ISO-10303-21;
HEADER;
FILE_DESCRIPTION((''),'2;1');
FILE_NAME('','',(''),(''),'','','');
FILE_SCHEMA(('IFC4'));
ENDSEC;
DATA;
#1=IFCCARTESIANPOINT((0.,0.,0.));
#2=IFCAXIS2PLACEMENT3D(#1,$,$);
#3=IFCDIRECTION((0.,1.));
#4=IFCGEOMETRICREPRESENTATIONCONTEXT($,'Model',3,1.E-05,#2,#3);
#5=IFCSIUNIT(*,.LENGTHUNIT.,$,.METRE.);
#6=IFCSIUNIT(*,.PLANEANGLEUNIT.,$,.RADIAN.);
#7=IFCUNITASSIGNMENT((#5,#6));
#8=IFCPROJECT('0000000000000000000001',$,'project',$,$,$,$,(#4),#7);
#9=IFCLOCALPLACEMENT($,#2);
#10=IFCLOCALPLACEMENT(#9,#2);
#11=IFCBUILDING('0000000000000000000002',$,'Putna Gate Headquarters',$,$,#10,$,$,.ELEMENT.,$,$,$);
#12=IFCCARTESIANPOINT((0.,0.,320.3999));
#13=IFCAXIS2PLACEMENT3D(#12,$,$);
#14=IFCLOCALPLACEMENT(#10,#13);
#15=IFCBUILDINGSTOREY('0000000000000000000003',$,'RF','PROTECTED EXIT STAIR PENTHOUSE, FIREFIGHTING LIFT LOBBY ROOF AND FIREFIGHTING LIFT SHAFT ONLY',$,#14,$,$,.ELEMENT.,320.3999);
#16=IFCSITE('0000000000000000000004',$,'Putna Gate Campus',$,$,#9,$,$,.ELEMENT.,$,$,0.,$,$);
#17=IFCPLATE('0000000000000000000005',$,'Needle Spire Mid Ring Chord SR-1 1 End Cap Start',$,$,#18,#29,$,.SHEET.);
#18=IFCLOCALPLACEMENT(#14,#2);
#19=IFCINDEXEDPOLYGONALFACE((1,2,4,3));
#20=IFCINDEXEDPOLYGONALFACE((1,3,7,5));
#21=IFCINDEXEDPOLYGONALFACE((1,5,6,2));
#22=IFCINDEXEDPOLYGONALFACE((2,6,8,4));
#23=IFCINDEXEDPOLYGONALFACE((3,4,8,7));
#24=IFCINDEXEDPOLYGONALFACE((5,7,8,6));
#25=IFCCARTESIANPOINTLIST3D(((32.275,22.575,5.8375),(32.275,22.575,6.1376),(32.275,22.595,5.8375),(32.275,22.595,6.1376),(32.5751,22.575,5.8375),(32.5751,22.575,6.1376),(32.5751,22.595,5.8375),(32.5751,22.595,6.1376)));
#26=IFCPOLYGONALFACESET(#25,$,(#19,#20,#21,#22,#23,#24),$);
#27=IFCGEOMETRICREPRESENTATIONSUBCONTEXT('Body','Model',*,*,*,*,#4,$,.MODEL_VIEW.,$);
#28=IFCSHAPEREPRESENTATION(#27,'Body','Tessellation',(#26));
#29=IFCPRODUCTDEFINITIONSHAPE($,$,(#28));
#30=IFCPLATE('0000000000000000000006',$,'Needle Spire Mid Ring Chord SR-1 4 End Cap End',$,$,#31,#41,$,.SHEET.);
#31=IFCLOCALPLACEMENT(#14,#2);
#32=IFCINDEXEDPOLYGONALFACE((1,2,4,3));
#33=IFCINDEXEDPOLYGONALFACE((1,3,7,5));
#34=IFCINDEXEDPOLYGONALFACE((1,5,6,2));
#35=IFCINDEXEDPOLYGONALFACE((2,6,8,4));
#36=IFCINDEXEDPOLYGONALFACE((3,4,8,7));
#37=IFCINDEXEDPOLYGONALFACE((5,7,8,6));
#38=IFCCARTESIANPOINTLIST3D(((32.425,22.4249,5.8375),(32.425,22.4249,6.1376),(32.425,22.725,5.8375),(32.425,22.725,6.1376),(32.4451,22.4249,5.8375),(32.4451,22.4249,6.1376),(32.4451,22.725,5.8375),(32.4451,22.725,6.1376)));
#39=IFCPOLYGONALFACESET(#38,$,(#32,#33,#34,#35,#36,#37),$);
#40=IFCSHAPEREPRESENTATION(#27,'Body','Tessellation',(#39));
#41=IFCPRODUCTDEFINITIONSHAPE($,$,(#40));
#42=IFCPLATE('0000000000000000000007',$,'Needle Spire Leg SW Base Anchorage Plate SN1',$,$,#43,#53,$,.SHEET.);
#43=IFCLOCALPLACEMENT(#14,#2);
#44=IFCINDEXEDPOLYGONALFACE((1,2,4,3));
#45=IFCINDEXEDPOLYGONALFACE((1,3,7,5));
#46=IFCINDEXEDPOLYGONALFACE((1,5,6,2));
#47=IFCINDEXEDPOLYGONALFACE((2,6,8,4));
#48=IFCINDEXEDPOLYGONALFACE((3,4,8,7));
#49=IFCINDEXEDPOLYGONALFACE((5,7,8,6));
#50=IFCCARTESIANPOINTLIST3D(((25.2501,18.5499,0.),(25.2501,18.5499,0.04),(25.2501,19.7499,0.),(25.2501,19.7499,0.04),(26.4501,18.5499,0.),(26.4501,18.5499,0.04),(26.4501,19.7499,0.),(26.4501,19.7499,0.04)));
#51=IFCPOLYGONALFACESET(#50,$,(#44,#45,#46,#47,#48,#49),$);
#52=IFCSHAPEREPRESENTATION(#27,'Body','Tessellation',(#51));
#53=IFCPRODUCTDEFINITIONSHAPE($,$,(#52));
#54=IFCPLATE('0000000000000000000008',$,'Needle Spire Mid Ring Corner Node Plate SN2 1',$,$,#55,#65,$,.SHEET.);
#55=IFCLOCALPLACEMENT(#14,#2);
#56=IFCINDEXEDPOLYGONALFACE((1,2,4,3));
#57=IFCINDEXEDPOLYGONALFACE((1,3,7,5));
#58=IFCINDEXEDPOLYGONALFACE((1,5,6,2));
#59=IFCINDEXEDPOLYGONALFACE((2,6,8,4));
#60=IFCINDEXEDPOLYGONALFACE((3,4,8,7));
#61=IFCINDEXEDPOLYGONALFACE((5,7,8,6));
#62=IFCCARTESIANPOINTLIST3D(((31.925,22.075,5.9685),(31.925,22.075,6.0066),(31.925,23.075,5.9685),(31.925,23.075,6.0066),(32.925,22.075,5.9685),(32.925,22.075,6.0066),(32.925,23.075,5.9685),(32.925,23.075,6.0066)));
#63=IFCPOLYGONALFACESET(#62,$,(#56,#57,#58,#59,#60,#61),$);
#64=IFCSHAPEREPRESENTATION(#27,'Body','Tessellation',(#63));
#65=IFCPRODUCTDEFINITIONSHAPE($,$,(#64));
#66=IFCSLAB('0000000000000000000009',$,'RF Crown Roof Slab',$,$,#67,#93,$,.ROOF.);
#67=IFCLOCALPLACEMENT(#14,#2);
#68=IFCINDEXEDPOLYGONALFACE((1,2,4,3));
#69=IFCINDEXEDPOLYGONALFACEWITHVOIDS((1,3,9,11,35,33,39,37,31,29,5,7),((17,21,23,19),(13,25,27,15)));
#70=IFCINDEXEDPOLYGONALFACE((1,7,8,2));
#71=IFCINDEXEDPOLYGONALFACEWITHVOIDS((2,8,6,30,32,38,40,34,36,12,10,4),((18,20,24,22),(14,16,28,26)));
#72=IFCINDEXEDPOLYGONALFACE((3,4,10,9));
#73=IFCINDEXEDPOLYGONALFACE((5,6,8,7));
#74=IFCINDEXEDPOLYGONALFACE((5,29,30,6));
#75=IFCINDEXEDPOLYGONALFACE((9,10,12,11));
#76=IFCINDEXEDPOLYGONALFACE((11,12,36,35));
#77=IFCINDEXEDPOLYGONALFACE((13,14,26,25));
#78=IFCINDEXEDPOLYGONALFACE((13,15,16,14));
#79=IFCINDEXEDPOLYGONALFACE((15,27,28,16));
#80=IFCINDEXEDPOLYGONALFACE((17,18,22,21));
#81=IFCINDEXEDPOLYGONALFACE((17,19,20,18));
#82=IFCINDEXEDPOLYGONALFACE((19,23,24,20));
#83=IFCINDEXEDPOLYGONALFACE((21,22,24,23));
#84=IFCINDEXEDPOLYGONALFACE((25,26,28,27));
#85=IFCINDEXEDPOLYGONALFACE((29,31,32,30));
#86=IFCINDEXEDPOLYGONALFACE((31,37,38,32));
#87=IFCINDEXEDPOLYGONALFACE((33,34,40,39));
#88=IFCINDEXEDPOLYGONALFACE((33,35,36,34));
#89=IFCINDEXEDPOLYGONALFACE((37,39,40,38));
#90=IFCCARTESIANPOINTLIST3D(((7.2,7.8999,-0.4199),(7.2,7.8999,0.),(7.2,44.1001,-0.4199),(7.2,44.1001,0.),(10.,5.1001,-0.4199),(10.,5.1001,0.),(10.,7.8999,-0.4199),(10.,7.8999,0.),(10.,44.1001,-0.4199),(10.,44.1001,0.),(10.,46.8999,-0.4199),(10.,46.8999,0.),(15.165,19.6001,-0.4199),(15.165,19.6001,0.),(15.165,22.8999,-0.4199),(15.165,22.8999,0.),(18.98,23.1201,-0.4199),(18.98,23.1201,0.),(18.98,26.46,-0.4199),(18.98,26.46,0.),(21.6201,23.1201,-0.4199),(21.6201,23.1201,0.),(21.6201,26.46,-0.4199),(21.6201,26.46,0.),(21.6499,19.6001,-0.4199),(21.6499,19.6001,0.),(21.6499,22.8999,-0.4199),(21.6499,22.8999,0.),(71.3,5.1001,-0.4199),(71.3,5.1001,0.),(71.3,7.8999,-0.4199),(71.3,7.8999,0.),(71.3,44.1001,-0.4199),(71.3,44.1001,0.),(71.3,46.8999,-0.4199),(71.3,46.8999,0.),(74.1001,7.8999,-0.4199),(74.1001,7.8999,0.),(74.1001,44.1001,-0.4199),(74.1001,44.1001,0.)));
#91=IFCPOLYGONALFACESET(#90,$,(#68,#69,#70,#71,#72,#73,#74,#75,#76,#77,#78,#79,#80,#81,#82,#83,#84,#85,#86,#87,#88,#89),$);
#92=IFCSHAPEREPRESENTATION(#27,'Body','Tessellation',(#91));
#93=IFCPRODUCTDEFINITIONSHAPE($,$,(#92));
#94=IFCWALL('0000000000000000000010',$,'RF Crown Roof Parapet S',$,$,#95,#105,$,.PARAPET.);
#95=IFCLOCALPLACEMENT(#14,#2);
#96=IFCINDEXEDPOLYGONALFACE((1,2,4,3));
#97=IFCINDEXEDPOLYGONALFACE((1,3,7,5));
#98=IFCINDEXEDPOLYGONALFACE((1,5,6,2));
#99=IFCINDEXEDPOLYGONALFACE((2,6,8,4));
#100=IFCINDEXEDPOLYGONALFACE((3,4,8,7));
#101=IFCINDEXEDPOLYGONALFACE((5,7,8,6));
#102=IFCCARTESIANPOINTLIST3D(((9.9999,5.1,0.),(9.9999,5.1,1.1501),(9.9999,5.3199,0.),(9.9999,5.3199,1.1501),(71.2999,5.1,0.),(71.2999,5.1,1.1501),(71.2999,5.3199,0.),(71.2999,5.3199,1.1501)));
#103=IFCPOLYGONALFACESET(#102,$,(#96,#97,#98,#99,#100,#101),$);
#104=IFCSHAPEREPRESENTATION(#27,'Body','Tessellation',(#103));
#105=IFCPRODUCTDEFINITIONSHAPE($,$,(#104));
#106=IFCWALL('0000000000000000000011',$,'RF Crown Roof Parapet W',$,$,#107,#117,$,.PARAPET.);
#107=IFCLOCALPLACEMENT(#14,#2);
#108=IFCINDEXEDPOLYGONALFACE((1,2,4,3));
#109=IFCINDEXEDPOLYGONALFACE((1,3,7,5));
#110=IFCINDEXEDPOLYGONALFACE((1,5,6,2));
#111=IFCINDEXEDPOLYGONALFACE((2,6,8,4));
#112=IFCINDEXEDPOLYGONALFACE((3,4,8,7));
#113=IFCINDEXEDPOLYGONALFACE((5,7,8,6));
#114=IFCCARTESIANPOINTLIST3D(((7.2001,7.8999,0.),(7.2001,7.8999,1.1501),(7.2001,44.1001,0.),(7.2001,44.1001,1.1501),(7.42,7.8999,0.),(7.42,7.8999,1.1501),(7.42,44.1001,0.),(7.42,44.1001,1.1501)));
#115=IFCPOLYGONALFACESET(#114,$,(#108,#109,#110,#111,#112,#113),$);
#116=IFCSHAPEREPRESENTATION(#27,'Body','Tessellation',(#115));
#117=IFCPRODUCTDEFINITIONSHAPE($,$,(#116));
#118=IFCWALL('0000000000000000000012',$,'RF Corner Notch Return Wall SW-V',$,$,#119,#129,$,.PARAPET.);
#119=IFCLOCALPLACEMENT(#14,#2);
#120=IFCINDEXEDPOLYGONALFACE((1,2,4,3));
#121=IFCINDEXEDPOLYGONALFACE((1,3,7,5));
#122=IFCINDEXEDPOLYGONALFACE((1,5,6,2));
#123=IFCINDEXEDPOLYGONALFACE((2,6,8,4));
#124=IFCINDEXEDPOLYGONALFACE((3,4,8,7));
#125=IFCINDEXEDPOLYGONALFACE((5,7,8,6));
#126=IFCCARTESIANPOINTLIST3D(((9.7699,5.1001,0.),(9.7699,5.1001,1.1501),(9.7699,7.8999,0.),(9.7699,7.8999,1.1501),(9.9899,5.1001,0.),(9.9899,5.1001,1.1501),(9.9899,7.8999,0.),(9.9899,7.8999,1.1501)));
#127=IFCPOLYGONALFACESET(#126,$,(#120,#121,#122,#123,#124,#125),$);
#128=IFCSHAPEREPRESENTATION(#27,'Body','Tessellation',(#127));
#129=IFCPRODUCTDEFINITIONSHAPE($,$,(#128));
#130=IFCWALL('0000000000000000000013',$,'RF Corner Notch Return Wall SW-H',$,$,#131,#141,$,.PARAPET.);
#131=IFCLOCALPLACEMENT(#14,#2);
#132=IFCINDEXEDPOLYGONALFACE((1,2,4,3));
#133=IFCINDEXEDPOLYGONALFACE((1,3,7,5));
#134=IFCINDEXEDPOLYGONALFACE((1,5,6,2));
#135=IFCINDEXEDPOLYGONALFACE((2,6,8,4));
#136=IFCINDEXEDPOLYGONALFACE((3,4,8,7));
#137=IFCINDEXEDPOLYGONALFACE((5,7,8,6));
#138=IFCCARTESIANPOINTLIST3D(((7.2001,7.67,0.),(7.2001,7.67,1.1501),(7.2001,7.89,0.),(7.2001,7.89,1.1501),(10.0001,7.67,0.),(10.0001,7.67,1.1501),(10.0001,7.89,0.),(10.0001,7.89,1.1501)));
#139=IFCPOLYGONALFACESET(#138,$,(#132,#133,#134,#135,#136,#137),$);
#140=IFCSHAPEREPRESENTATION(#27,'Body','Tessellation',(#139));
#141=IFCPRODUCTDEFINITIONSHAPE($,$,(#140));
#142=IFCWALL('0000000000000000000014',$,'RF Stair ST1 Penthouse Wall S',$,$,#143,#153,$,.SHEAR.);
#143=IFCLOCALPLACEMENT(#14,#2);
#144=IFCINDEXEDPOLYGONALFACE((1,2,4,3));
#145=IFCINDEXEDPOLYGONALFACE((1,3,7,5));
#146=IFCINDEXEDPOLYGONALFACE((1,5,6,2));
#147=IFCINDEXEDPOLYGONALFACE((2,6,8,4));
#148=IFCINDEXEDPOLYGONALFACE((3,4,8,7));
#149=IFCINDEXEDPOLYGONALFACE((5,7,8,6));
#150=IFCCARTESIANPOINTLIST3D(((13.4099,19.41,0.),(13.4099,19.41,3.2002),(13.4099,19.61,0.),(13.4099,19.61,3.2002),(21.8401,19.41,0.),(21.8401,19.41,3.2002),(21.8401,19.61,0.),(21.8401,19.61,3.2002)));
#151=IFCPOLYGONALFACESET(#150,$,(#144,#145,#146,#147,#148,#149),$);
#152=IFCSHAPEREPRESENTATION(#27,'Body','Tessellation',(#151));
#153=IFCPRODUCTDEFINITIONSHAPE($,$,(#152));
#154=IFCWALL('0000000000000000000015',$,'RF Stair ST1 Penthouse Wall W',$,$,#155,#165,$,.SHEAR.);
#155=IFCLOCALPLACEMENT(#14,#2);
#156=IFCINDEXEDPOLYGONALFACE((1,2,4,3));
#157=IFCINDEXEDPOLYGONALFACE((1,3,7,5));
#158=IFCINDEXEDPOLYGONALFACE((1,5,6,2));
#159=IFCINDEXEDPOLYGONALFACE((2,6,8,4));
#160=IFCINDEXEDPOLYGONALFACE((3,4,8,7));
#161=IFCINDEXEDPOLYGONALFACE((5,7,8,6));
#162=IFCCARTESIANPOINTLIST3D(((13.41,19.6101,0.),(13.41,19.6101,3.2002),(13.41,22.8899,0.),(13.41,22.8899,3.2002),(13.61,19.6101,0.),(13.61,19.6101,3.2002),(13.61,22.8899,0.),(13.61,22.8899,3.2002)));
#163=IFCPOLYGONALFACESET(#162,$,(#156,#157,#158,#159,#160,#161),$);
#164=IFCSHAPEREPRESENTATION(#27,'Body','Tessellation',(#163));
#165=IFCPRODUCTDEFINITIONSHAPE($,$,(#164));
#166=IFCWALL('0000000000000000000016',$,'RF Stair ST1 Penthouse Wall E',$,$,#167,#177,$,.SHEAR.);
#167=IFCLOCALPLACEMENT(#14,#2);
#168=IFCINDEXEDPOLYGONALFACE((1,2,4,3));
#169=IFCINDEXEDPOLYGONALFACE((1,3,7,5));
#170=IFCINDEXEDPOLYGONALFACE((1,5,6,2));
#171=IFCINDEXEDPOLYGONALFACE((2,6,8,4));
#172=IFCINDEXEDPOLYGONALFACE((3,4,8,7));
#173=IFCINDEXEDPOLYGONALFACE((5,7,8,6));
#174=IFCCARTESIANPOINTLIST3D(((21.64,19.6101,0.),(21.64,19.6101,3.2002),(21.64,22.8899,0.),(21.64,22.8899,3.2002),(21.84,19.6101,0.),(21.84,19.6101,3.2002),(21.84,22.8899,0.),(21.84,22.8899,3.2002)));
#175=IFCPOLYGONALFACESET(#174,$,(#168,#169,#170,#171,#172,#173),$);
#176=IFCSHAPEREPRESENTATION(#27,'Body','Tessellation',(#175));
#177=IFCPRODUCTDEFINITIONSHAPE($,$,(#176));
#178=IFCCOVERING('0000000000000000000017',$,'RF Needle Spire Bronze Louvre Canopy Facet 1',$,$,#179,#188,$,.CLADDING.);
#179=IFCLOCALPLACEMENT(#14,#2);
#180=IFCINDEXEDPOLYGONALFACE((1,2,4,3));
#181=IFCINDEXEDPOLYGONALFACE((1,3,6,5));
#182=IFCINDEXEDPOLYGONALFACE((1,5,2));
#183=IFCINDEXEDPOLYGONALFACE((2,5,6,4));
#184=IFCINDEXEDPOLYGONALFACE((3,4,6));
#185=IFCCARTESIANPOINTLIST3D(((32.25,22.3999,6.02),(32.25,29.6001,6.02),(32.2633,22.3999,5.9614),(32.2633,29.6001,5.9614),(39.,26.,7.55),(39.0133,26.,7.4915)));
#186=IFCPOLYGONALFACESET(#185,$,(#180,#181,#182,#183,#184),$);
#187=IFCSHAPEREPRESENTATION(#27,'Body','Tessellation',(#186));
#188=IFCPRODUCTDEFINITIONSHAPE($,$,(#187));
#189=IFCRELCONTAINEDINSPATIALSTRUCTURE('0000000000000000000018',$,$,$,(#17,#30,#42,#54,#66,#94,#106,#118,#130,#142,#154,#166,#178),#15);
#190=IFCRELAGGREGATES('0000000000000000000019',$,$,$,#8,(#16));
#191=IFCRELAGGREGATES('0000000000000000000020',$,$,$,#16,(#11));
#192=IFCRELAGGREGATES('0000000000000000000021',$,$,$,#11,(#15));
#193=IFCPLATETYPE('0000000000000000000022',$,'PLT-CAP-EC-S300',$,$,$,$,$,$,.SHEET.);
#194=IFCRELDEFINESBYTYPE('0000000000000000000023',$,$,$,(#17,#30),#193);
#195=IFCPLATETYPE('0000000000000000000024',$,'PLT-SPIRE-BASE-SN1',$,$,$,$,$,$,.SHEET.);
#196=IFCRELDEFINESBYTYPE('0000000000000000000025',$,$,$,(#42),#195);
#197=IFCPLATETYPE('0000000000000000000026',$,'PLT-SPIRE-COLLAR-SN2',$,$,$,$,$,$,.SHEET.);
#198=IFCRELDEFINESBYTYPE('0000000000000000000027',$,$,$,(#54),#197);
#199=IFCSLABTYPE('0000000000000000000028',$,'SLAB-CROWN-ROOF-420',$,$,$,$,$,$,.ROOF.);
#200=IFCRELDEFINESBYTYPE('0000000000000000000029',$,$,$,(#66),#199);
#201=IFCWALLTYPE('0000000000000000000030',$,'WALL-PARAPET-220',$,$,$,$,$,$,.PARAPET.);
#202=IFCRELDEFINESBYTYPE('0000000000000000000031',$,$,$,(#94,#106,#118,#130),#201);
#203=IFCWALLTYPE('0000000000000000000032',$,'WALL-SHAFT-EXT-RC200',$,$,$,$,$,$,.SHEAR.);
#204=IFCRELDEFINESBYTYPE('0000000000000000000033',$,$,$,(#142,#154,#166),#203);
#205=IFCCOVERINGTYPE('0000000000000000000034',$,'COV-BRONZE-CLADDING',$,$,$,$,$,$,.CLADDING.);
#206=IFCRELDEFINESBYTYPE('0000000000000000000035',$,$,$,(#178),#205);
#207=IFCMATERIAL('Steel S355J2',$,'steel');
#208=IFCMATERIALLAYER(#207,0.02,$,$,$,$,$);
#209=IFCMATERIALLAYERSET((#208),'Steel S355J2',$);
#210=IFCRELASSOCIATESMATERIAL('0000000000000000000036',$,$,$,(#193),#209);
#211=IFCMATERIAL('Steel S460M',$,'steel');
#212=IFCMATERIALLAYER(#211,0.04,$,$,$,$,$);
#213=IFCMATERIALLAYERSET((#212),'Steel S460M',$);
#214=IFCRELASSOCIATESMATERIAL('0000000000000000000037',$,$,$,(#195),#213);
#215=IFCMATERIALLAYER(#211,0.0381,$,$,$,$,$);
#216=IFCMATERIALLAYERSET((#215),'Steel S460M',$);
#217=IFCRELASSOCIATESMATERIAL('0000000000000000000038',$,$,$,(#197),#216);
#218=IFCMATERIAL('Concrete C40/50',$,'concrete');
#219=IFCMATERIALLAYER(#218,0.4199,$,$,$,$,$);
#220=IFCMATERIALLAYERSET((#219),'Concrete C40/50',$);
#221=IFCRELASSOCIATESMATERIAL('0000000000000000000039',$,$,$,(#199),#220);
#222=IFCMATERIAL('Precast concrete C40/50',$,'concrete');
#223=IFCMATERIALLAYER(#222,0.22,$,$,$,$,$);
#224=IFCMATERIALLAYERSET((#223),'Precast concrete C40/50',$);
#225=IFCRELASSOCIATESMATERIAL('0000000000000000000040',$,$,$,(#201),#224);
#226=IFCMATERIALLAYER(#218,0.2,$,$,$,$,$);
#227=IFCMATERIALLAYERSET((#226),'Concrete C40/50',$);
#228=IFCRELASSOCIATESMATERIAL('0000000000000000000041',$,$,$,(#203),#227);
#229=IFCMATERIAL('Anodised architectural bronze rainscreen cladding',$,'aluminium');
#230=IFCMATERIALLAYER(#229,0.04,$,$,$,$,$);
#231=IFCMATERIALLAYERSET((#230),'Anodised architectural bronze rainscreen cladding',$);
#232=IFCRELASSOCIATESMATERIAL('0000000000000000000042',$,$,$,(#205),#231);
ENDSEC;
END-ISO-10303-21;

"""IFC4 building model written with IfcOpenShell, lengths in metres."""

from ifc_helpers import new_model, si_unit, direction, frame, frame_2d, origin, origin_2d, place, context, subcontext, project, spatial, polyline, rectangle, outline, extrude, material, layer, layer_set, type_object, element, save


model = new_model("IFC4")

# Units and contexts
model_context = context("Model", 3, precision=1e-05, world=origin(), true_north=direction((0.0, 1.0)))
body_context = subcontext(model_context, "Body", "Model", "MODEL_VIEW")
ifc_project = project(units=[si_unit("LENGTHUNIT", "METRE"), si_unit("PLANEANGLEUNIT", "RADIAN")], contexts=[model_context])

# Site, building, storey
site_placement = place(None, origin())
site = spatial("IfcSite", under=ifc_project, at=site_placement, Name="Putna Gate Campus", CompositionType="ELEMENT", RefElevation=0.0)
building_placement = place(site_placement, origin())
building = spatial("IfcBuilding", under=site, at=building_placement, Name="Putna Gate Headquarters", CompositionType="ELEMENT")
storey_placement = place(building_placement, frame((0.0, 0.0, 320.3999)))
storey = spatial("IfcBuildingStorey", under=building, at=storey_placement, Name="RF", Description="PROTECTED EXIT STAIR PENTHOUSE, FIREFIGHTING LIFT LOBBY ROOF AND FIREFIGHTING LIFT SHAFT ONLY", CompositionType="ELEMENT", Elevation=320.3999)

# Shared definitions
ifc_material_1 = material(Name="Steel S460M", Category="steel")

# Plates
ifc_material_2 = material(Name="Steel S355J2", Category="steel")
ifc_layer_1 = layer(ifc_material_2, 0.02)
ifc_layer_set_1 = layer_set([ifc_layer_1], Name="Steel S355J2")
plate_type_1 = type_object("IfcPlateType", Name="PLT-CAP-EC-S300", PredefinedType="SHEET", material=ifc_layer_set_1)
for number, where, z_axis, x_axis, name in (
    (1, (32.425, 22.575, 5.9875), (0.0, 1.0, 0.0), (-1.0, 0.0, 0.0), "Needle Spire Mid Ring Chord SR-1 1 End Cap Start"),
    (2, (32.4451, 22.575, 5.9875), (-1.0, 0.0, 0.0), (0.0, -1.0, 0.0), "Needle Spire Mid Ring Chord SR-1 4 End Cap End"),
):
    element("IfcPlate", number, at=place(storey_placement, frame(where, z_axis=z_axis, x_axis=x_axis)), inside=storey, type_object=plate_type_1, Name=name, PredefinedType="SHEET", context=body_context, shape_type="SweptSolid", body=[
        extrude(rectangle(XDim=0.3, YDim=0.3, at=origin_2d()), origin(), (0.0, 0.0, 1.0), 0.02),
    ])
ifc_layer_2 = layer(ifc_material_1, 0.04)
ifc_layer_set_2 = layer_set([ifc_layer_2], Name="Steel S460M")
plate_type_2 = type_object("IfcPlateType", Name="PLT-SPIRE-BASE-SN1", PredefinedType="SHEET", material=ifc_layer_set_2)
plate_1_placement = place(storey_placement, frame((25.8501, 19.1499, 0.0), z_axis=(0.0, 0.0, 1.0), x_axis=(1.0, 0.0, 0.0)))
element("IfcPlate", 3, at=plate_1_placement, inside=storey, type_object=plate_type_2, Name="Needle Spire Leg SW Base Anchorage Plate SN1", PredefinedType="SHEET", context=body_context, shape_type="SweptSolid", body=[
    extrude(rectangle(XDim=1.2, YDim=1.2, at=origin_2d()), origin(), (0.0, 0.0, 1.0), 0.04),
])
ifc_layer_3 = layer(ifc_material_1, 0.0381)
ifc_layer_set_3 = layer_set([ifc_layer_3], Name="Steel S460M")
plate_type_3 = type_object("IfcPlateType", Name="PLT-SPIRE-COLLAR-SN2", PredefinedType="SHEET", material=ifc_layer_set_3)
plate_2_placement = place(storey_placement, frame((32.425, 22.575, 5.9685), z_axis=(0.0, 0.0, 1.0), x_axis=(1.0, 0.0, 0.0)))
element("IfcPlate", 4, at=plate_2_placement, inside=storey, type_object=plate_type_3, Name="Needle Spire Mid Ring Corner Node Plate SN2 1", PredefinedType="SHEET", context=body_context, shape_type="SweptSolid", body=[
    extrude(rectangle(XDim=1.0, YDim=1.0, at=origin_2d()), origin(), (0.0, 0.0, 1.0), 0.0381),
])

# Slab
ifc_material_3 = material(Name="Concrete C40/50", Category="concrete")
ifc_layer_4 = layer(ifc_material_3, 0.4199)
ifc_layer_set_4 = layer_set([ifc_layer_4], Name="Concrete C40/50")
slab_type = type_object("IfcSlabType", Name="SLAB-CROWN-ROOF-420", PredefinedType="ROOF", material=ifc_layer_set_4)
slab_placement = place(storey_placement, frame((0.0, 0.0, -0.4199)))
element("IfcSlab", 5, at=slab_placement, inside=storey, type_object=slab_type, Name="RF Crown Roof Slab", PredefinedType="ROOF", context=body_context, shape_type="SweptSolid", body=[
    extrude(outline(polyline([(10.0, 5.1001), (71.3, 5.1001), (71.3, 7.8999), (74.1001, 7.8999), (74.1001, 44.1001), (71.3, 44.1001), (71.3, 46.8999), (10.0, 46.8999), (10.0, 44.1001), (7.2, 44.1001), (7.2, 7.8999), (10.0, 7.8999), (10.0, 5.1001)]), holes=[polyline([(15.165, 19.6001), (21.6499, 19.6001), (21.6499, 22.8999), (15.165, 22.8999), (15.165, 19.6001)]), polyline([(18.98, 23.1201), (21.6201, 23.1201), (21.6201, 26.46), (18.98, 26.46), (18.98, 23.1201)])]), origin(), (0.0, 0.0, 1.0), 0.4199),
])

# Walls
ifc_material_4 = material(Name="Precast concrete C40/50", Category="concrete")
ifc_layer_5 = layer(ifc_material_4, 0.22)
ifc_layer_set_5 = layer_set([ifc_layer_5], Name="Precast concrete C40/50")
wall_type_1 = type_object("IfcWallType", Name="WALL-PARAPET-220", PredefinedType="PARAPET", material=ifc_layer_set_5)
wall_1_placement = place(storey_placement, frame((10.0, 5.21, 0.0), z_axis=(0.0, 0.0, 1.0), x_axis=(1.0, 0.0, 0.0)))
element("IfcWall", 6, at=wall_1_placement, inside=storey, type_object=wall_type_1, Name="RF Crown Roof Parapet S", PredefinedType="PARAPET", context=body_context, shape_type="SweptSolid", body=[
    extrude(rectangle(XDim=61.3, YDim=0.22, at=frame_2d((30.6499, 0.0))), origin(), (0.0, 0.0, 1.0), 1.1501),
])
wall_2_placement = place(storey_placement, frame((7.3101, 7.8999, 0.0), z_axis=(0.0, 0.0, 1.0), x_axis=(0.0, 1.0, 0.0)))
element("IfcWall", 7, at=wall_2_placement, inside=storey, type_object=wall_type_1, Name="RF Crown Roof Parapet W", PredefinedType="PARAPET", context=body_context, shape_type="SweptSolid", body=[
    extrude(rectangle(XDim=36.2002, YDim=0.22, at=frame_2d((18.1001, 0.0))), origin(), (0.0, 0.0, 1.0), 1.1501),
])
wall_3_placement = place(storey_placement, frame((9.8799, 5.1001, 0.0), z_axis=(0.0, 0.0, 1.0), x_axis=(0.0, 1.0, 0.0)))
element("IfcWall", 8, at=wall_3_placement, inside=storey, type_object=wall_type_1, Name="RF Corner Notch Return Wall SW-V", PredefinedType="PARAPET", context=body_context, shape_type="SweptSolid", body=[
    extrude(rectangle(XDim=2.7998, YDim=0.22, at=frame_2d((1.3999, 0.0))), origin(), (0.0, 0.0, 1.0), 1.1501),
])
wall_4_placement = place(storey_placement, frame((10.0, 7.78, 0.0), z_axis=(0.0, 0.0, 1.0), x_axis=(-1.0, 0.0, 0.0)))
element("IfcWall", 9, at=wall_4_placement, inside=storey, type_object=wall_type_1, Name="RF Corner Notch Return Wall SW-H", PredefinedType="PARAPET", context=body_context, shape_type="SweptSolid", body=[
    extrude(rectangle(XDim=2.8, YDim=0.22, at=frame_2d((1.3999, 0.0))), origin(), (0.0, 0.0, 1.0), 1.1501),
])
ifc_layer_6 = layer(ifc_material_3, 0.2)
ifc_layer_set_6 = layer_set([ifc_layer_6], Name="Concrete C40/50")
wall_type_2 = type_object("IfcWallType", Name="WALL-SHAFT-EXT-RC200", PredefinedType="SHEAR", material=ifc_layer_set_6)
wall_5_placement = place(storey_placement, frame((13.4099, 19.51, 0.0), z_axis=(0.0, 0.0, 1.0), x_axis=(1.0, 0.0, 0.0)))
element("IfcWall", 10, at=wall_5_placement, inside=storey, type_object=wall_type_2, Name="RF Stair ST1 Penthouse Wall S", PredefinedType="SHEAR", context=body_context, shape_type="SweptSolid", body=[
    extrude(rectangle(XDim=8.4302, YDim=0.2, at=frame_2d((4.2151, 0.0))), origin(), (0.0, 0.0, 1.0), 3.2002),
])
for number, where, z_axis, x_axis, name in (
    (11, (13.51, 19.6101, 0.0), (0.0, 0.0, 1.0), (0.0, 1.0, 0.0), "RF Stair ST1 Penthouse Wall W"),
    (12, (21.74, 19.6101, 0.0), (0.0, 0.0, 1.0), (0.0, 1.0, 0.0), "RF Stair ST1 Penthouse Wall E"),
):
    element("IfcWall", number, at=place(storey_placement, frame(where, z_axis=z_axis, x_axis=x_axis)), inside=storey, type_object=wall_type_2, Name=name, PredefinedType="SHEAR", context=body_context, shape_type="SweptSolid", body=[
        extrude(rectangle(XDim=3.2798, YDim=0.2, at=frame_2d((1.6399, 0.0))), origin(), (0.0, 0.0, 1.0), 3.2002),
    ])

# Covering
ifc_material_5 = material(Name="Anodised architectural bronze rainscreen cladding", Category="aluminium")
ifc_layer_7 = layer(ifc_material_5, 0.04)
ifc_layer_set_7 = layer_set([ifc_layer_7], Name="Anodised architectural bronze rainscreen cladding")
covering_type_1 = type_object("IfcCoveringType", Name="COV-BRONZE-CLADDING", PredefinedType="CLADDING", material=ifc_layer_set_7)
covering_1_placement = place(storey_placement, frame((32.25, 22.3999, 6.02), z_axis=(-0.221063, 0.0, 0.97526), x_axis=(0.865213, 0.461459, 0.196119)))
element("IfcCovering", 13, at=covering_1_placement, inside=storey, type_object=covering_type_1, Name="RF Needle Spire Bronze Louvre Canopy Facet 1", PredefinedType="CLADDING", context=body_context, shape_type="SweptSolid", body=[
    extrude(outline(polyline([(0.0, 0.0), (7.8016, 0.0), (3.3226, 6.3877), (0.0, 0.0)])), origin(), (0.0, 0.0, -1.0), 0.0601),
])

save(model, "model.ifc")
